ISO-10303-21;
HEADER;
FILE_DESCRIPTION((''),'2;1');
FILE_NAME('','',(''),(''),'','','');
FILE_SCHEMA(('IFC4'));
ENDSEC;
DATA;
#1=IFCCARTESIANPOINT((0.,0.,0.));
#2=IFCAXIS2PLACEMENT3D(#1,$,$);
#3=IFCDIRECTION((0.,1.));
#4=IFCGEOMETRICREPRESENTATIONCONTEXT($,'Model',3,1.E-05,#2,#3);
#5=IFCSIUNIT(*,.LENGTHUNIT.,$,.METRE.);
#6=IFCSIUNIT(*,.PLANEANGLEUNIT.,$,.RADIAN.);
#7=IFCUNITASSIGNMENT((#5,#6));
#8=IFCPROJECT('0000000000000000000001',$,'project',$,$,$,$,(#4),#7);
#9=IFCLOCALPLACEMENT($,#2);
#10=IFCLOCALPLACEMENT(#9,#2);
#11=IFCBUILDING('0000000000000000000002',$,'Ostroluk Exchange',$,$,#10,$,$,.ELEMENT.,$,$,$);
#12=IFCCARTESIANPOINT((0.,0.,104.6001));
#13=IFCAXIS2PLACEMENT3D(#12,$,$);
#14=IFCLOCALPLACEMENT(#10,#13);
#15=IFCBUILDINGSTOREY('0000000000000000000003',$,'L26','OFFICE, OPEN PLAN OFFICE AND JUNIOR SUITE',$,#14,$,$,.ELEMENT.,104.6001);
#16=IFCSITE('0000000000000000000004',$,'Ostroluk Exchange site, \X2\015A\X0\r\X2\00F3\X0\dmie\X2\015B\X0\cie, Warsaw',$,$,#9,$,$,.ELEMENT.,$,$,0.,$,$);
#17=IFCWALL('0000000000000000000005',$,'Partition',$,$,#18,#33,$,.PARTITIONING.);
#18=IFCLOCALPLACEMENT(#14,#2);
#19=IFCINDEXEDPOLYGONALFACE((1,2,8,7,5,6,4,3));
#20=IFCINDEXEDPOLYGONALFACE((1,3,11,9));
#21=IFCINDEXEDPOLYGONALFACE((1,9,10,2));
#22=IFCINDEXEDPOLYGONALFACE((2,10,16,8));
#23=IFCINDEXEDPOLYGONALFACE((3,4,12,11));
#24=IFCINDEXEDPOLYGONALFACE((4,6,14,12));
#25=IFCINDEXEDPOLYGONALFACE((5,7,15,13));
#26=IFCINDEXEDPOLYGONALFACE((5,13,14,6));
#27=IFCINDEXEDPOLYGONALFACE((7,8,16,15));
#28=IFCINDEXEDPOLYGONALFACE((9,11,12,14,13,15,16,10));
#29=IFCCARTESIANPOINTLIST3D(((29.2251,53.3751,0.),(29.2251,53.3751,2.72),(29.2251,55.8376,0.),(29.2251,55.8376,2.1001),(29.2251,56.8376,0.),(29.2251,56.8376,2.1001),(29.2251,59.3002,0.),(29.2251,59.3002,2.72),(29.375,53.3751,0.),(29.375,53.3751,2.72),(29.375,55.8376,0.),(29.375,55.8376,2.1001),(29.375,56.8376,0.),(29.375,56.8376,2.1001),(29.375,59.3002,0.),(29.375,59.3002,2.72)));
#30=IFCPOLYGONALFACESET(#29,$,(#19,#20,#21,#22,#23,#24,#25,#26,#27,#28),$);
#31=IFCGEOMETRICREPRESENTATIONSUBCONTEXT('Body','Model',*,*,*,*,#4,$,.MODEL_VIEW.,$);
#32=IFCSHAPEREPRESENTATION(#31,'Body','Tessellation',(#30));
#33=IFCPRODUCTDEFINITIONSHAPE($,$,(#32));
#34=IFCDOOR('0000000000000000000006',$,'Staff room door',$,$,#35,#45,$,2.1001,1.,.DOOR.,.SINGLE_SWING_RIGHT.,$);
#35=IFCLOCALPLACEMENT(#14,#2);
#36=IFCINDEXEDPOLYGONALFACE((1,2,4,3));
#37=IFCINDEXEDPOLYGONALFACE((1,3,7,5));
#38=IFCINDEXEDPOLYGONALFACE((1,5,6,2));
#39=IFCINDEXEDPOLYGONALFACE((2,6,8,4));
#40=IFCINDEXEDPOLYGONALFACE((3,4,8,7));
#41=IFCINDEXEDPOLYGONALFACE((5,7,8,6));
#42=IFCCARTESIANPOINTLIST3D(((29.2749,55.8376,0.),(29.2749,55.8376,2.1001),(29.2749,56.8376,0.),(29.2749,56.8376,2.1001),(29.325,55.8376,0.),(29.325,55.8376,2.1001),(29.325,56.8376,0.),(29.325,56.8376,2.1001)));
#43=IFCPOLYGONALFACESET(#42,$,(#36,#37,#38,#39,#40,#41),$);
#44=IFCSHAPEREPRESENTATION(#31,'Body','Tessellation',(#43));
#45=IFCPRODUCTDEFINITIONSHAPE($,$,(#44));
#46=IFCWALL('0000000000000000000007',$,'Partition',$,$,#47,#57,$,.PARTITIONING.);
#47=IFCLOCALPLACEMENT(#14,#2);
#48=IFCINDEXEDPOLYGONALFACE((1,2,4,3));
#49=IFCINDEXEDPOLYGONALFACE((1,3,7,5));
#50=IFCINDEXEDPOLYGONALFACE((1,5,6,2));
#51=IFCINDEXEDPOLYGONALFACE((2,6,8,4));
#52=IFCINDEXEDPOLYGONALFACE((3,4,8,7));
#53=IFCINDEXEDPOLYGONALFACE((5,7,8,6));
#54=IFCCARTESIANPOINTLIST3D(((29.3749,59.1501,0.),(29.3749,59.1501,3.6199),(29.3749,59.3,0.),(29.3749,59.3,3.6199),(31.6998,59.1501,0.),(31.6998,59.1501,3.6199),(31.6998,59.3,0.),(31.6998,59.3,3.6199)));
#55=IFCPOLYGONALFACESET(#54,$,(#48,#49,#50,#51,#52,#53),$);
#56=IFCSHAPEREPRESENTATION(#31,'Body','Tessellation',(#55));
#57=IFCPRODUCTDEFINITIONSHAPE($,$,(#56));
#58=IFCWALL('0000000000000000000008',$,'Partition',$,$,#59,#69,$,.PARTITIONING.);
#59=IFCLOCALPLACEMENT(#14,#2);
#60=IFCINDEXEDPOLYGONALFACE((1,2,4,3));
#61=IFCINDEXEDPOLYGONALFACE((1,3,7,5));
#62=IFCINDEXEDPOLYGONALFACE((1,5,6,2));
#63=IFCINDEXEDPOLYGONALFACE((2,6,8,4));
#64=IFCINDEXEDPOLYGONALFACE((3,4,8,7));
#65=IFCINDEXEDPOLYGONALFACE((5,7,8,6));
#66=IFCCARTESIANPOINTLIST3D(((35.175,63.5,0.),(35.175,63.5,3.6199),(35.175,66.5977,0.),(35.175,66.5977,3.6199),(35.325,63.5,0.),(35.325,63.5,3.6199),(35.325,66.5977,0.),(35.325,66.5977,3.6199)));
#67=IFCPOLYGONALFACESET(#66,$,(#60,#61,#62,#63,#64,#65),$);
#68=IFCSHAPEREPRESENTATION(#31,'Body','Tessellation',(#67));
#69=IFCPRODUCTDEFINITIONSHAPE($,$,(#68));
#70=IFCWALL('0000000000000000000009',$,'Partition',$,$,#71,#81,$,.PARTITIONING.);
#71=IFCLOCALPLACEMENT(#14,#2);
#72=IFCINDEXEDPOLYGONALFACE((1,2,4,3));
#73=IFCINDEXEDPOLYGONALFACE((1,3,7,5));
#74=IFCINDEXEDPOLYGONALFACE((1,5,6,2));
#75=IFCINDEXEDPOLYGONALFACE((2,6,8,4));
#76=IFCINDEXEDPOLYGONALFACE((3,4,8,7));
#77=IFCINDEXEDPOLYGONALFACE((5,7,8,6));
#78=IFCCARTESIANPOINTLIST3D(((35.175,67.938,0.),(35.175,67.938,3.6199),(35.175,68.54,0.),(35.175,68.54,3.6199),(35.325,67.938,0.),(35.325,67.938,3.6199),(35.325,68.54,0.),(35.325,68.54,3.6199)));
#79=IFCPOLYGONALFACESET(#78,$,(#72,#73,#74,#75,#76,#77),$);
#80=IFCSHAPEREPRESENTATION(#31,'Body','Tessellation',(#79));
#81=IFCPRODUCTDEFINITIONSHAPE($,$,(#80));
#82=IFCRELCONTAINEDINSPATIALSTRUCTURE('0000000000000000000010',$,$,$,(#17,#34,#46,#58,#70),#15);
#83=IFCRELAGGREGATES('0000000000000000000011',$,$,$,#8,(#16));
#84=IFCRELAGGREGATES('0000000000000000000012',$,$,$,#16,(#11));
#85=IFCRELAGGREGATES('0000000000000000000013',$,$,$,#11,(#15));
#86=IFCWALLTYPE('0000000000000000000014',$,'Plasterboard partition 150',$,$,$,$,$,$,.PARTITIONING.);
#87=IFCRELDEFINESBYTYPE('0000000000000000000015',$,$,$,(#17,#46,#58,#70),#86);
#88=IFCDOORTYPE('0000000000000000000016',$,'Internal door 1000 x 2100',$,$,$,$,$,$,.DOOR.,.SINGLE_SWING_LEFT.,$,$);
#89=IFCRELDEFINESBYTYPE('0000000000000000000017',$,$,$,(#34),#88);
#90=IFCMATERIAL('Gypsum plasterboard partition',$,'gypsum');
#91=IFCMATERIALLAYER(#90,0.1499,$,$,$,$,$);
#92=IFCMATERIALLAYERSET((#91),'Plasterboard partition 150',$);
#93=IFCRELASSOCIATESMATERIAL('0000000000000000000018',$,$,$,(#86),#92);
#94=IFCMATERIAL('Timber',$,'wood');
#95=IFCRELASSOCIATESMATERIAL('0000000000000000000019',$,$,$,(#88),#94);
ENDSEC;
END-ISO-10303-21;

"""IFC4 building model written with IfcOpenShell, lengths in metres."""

from ifc_helpers import new_model, si_unit, direction, frame, frame_2d, origin, place, context, subcontext, project, spatial, rectangle, extrude, material, layer, layer_set, type_object, element, fill, save


model = new_model("IFC4")

# Units and contexts
model_context = context("Model", 3, precision=1e-05, world=origin(), true_north=direction((0.0, 1.0)))
body_context = subcontext(model_context, "Body", "Model", "MODEL_VIEW")
ifc_project = project(units=[si_unit("LENGTHUNIT", "METRE"), si_unit("PLANEANGLEUNIT", "RADIAN")], contexts=[model_context])

# Site, building, storey
site_placement = place(None, origin())
site = spatial("IfcSite", under=ifc_project, at=site_placement, Name="Ostroluk Exchange site, Śródmieście, Warsaw", CompositionType="ELEMENT", RefElevation=0.0)
building_placement = place(site_placement, origin())
building = spatial("IfcBuilding", under=site, at=building_placement, Name="Ostroluk Exchange", CompositionType="ELEMENT")
storey_placement = place(building_placement, frame((0.0, 0.0, 104.6001)))
storey = spatial("IfcBuildingStorey", under=building, at=storey_placement, Name="L26", Description="OFFICE, OPEN PLAN OFFICE AND JUNIOR SUITE", CompositionType="ELEMENT", Elevation=104.6001)

# Wall, opening, door
ifc_material_1 = material(Name="Gypsum plasterboard partition", Category="gypsum")
ifc_layer_1 = layer(ifc_material_1, 0.1499)
ifc_layer_set_1 = layer_set([ifc_layer_1], Name="Plasterboard partition 150")
wall_type = type_object("IfcWallType", Name="Plasterboard partition 150", PredefinedType="PARTITIONING", material=ifc_layer_set_1)
wall_1_placement = place(storey_placement, frame((29.3, 59.3, 0.0), z_axis=(0.0, 0.0, 1.0), x_axis=(0.0, -1.0, 0.0)))
wall_1 = element("IfcWall", 1, at=wall_1_placement, inside=storey, type_object=wall_type, Name="Partition", PredefinedType="PARTITIONING", context=body_context, shape_type="SweptSolid", body=[
    extrude(rectangle(XDim=5.925, YDim=0.1499, at=frame_2d((2.9624, 0.0))), origin(), (0.0, 0.0, 1.0), 2.72),
])
opening_placement = place(wall_1_placement, frame((2.4624, 0.0, 0.0)))
opening = element("IfcOpeningElement", 2, at=opening_placement, cuts=wall_1, PredefinedType="OPENING", context=body_context, shape_type="SweptSolid", body=[
    extrude(rectangle(XDim=1.0, YDim=2.1001, at=frame_2d((0.5, 1.05))), frame((0.0, 0.085, 0.0), z_axis=(0.0, -1.0, 0.0), x_axis=(1.0, 0.0, 0.0)), (0.0, 0.0, 1.0), 0.1699),
])
ifc_material_2 = material(Name="Timber", Category="wood")
door_type = type_object("IfcDoorType", Name="Internal door 1000 x 2100", OperationType="SINGLE_SWING_LEFT", PredefinedType="DOOR", material=ifc_material_2)
door_placement = place(opening_placement, origin())
door = element("IfcDoor", 3, at=door_placement, inside=storey, type_object=door_type, Name="Staff room door", OperationType="SINGLE_SWING_RIGHT", OverallHeight=2.1001, OverallWidth=1.0, PredefinedType="DOOR", context=body_context, shape_type="SweptSolid", body=[
    extrude(rectangle(XDim=1.0, YDim=2.1001, at=frame_2d((0.5, 1.05))), frame((0.0, 0.0249, 0.0), z_axis=(0.0, -1.0, 0.0), x_axis=(1.0, 0.0, 0.0)), (0.0, 0.0, 1.0), 0.05),
])
fill(opening, door)

# Walls
wall_2_placement = place(storey_placement, frame((31.7, 59.2251, 0.0), z_axis=(0.0, 0.0, 1.0), x_axis=(-1.0, 0.0, 0.0)))
element("IfcWall", 4, at=wall_2_placement, inside=storey, type_object=wall_type, Name="Partition", PredefinedType="PARTITIONING", context=body_context, shape_type="SweptSolid", body=[
    extrude(rectangle(XDim=2.325, YDim=0.1499, at=frame_2d((1.1626, 0.0))), origin(), (0.0, 0.0, 1.0), 3.6199),
])
wall_3_placement = place(storey_placement, frame((35.25, 63.5, 0.0), z_axis=(0.0, 0.0, 1.0), x_axis=(0.0, 1.0, 0.0)))
element("IfcWall", 5, at=wall_3_placement, inside=storey, type_object=wall_type, Name="Partition", PredefinedType="PARTITIONING", context=body_context, shape_type="SweptSolid", body=[
    extrude(rectangle(XDim=3.0977, YDim=0.1499, at=frame_2d((1.5488, 0.0))), origin(), (0.0, 0.0, 1.0), 3.6199),
])
wall_4_placement = place(storey_placement, frame((35.25, 67.938, 0.0), z_axis=(0.0, 0.0, 1.0), x_axis=(0.0, 1.0, 0.0)))
element("IfcWall", 6, at=wall_4_placement, inside=storey, type_object=wall_type, Name="Partition", PredefinedType="PARTITIONING", context=body_context, shape_type="SweptSolid", body=[
    extrude(rectangle(XDim=0.6021, YDim=0.1499, at=frame_2d((0.301, 0.0))), origin(), (0.0, 0.0, 1.0), 3.6199),
])

save(model, "model.ifc")
